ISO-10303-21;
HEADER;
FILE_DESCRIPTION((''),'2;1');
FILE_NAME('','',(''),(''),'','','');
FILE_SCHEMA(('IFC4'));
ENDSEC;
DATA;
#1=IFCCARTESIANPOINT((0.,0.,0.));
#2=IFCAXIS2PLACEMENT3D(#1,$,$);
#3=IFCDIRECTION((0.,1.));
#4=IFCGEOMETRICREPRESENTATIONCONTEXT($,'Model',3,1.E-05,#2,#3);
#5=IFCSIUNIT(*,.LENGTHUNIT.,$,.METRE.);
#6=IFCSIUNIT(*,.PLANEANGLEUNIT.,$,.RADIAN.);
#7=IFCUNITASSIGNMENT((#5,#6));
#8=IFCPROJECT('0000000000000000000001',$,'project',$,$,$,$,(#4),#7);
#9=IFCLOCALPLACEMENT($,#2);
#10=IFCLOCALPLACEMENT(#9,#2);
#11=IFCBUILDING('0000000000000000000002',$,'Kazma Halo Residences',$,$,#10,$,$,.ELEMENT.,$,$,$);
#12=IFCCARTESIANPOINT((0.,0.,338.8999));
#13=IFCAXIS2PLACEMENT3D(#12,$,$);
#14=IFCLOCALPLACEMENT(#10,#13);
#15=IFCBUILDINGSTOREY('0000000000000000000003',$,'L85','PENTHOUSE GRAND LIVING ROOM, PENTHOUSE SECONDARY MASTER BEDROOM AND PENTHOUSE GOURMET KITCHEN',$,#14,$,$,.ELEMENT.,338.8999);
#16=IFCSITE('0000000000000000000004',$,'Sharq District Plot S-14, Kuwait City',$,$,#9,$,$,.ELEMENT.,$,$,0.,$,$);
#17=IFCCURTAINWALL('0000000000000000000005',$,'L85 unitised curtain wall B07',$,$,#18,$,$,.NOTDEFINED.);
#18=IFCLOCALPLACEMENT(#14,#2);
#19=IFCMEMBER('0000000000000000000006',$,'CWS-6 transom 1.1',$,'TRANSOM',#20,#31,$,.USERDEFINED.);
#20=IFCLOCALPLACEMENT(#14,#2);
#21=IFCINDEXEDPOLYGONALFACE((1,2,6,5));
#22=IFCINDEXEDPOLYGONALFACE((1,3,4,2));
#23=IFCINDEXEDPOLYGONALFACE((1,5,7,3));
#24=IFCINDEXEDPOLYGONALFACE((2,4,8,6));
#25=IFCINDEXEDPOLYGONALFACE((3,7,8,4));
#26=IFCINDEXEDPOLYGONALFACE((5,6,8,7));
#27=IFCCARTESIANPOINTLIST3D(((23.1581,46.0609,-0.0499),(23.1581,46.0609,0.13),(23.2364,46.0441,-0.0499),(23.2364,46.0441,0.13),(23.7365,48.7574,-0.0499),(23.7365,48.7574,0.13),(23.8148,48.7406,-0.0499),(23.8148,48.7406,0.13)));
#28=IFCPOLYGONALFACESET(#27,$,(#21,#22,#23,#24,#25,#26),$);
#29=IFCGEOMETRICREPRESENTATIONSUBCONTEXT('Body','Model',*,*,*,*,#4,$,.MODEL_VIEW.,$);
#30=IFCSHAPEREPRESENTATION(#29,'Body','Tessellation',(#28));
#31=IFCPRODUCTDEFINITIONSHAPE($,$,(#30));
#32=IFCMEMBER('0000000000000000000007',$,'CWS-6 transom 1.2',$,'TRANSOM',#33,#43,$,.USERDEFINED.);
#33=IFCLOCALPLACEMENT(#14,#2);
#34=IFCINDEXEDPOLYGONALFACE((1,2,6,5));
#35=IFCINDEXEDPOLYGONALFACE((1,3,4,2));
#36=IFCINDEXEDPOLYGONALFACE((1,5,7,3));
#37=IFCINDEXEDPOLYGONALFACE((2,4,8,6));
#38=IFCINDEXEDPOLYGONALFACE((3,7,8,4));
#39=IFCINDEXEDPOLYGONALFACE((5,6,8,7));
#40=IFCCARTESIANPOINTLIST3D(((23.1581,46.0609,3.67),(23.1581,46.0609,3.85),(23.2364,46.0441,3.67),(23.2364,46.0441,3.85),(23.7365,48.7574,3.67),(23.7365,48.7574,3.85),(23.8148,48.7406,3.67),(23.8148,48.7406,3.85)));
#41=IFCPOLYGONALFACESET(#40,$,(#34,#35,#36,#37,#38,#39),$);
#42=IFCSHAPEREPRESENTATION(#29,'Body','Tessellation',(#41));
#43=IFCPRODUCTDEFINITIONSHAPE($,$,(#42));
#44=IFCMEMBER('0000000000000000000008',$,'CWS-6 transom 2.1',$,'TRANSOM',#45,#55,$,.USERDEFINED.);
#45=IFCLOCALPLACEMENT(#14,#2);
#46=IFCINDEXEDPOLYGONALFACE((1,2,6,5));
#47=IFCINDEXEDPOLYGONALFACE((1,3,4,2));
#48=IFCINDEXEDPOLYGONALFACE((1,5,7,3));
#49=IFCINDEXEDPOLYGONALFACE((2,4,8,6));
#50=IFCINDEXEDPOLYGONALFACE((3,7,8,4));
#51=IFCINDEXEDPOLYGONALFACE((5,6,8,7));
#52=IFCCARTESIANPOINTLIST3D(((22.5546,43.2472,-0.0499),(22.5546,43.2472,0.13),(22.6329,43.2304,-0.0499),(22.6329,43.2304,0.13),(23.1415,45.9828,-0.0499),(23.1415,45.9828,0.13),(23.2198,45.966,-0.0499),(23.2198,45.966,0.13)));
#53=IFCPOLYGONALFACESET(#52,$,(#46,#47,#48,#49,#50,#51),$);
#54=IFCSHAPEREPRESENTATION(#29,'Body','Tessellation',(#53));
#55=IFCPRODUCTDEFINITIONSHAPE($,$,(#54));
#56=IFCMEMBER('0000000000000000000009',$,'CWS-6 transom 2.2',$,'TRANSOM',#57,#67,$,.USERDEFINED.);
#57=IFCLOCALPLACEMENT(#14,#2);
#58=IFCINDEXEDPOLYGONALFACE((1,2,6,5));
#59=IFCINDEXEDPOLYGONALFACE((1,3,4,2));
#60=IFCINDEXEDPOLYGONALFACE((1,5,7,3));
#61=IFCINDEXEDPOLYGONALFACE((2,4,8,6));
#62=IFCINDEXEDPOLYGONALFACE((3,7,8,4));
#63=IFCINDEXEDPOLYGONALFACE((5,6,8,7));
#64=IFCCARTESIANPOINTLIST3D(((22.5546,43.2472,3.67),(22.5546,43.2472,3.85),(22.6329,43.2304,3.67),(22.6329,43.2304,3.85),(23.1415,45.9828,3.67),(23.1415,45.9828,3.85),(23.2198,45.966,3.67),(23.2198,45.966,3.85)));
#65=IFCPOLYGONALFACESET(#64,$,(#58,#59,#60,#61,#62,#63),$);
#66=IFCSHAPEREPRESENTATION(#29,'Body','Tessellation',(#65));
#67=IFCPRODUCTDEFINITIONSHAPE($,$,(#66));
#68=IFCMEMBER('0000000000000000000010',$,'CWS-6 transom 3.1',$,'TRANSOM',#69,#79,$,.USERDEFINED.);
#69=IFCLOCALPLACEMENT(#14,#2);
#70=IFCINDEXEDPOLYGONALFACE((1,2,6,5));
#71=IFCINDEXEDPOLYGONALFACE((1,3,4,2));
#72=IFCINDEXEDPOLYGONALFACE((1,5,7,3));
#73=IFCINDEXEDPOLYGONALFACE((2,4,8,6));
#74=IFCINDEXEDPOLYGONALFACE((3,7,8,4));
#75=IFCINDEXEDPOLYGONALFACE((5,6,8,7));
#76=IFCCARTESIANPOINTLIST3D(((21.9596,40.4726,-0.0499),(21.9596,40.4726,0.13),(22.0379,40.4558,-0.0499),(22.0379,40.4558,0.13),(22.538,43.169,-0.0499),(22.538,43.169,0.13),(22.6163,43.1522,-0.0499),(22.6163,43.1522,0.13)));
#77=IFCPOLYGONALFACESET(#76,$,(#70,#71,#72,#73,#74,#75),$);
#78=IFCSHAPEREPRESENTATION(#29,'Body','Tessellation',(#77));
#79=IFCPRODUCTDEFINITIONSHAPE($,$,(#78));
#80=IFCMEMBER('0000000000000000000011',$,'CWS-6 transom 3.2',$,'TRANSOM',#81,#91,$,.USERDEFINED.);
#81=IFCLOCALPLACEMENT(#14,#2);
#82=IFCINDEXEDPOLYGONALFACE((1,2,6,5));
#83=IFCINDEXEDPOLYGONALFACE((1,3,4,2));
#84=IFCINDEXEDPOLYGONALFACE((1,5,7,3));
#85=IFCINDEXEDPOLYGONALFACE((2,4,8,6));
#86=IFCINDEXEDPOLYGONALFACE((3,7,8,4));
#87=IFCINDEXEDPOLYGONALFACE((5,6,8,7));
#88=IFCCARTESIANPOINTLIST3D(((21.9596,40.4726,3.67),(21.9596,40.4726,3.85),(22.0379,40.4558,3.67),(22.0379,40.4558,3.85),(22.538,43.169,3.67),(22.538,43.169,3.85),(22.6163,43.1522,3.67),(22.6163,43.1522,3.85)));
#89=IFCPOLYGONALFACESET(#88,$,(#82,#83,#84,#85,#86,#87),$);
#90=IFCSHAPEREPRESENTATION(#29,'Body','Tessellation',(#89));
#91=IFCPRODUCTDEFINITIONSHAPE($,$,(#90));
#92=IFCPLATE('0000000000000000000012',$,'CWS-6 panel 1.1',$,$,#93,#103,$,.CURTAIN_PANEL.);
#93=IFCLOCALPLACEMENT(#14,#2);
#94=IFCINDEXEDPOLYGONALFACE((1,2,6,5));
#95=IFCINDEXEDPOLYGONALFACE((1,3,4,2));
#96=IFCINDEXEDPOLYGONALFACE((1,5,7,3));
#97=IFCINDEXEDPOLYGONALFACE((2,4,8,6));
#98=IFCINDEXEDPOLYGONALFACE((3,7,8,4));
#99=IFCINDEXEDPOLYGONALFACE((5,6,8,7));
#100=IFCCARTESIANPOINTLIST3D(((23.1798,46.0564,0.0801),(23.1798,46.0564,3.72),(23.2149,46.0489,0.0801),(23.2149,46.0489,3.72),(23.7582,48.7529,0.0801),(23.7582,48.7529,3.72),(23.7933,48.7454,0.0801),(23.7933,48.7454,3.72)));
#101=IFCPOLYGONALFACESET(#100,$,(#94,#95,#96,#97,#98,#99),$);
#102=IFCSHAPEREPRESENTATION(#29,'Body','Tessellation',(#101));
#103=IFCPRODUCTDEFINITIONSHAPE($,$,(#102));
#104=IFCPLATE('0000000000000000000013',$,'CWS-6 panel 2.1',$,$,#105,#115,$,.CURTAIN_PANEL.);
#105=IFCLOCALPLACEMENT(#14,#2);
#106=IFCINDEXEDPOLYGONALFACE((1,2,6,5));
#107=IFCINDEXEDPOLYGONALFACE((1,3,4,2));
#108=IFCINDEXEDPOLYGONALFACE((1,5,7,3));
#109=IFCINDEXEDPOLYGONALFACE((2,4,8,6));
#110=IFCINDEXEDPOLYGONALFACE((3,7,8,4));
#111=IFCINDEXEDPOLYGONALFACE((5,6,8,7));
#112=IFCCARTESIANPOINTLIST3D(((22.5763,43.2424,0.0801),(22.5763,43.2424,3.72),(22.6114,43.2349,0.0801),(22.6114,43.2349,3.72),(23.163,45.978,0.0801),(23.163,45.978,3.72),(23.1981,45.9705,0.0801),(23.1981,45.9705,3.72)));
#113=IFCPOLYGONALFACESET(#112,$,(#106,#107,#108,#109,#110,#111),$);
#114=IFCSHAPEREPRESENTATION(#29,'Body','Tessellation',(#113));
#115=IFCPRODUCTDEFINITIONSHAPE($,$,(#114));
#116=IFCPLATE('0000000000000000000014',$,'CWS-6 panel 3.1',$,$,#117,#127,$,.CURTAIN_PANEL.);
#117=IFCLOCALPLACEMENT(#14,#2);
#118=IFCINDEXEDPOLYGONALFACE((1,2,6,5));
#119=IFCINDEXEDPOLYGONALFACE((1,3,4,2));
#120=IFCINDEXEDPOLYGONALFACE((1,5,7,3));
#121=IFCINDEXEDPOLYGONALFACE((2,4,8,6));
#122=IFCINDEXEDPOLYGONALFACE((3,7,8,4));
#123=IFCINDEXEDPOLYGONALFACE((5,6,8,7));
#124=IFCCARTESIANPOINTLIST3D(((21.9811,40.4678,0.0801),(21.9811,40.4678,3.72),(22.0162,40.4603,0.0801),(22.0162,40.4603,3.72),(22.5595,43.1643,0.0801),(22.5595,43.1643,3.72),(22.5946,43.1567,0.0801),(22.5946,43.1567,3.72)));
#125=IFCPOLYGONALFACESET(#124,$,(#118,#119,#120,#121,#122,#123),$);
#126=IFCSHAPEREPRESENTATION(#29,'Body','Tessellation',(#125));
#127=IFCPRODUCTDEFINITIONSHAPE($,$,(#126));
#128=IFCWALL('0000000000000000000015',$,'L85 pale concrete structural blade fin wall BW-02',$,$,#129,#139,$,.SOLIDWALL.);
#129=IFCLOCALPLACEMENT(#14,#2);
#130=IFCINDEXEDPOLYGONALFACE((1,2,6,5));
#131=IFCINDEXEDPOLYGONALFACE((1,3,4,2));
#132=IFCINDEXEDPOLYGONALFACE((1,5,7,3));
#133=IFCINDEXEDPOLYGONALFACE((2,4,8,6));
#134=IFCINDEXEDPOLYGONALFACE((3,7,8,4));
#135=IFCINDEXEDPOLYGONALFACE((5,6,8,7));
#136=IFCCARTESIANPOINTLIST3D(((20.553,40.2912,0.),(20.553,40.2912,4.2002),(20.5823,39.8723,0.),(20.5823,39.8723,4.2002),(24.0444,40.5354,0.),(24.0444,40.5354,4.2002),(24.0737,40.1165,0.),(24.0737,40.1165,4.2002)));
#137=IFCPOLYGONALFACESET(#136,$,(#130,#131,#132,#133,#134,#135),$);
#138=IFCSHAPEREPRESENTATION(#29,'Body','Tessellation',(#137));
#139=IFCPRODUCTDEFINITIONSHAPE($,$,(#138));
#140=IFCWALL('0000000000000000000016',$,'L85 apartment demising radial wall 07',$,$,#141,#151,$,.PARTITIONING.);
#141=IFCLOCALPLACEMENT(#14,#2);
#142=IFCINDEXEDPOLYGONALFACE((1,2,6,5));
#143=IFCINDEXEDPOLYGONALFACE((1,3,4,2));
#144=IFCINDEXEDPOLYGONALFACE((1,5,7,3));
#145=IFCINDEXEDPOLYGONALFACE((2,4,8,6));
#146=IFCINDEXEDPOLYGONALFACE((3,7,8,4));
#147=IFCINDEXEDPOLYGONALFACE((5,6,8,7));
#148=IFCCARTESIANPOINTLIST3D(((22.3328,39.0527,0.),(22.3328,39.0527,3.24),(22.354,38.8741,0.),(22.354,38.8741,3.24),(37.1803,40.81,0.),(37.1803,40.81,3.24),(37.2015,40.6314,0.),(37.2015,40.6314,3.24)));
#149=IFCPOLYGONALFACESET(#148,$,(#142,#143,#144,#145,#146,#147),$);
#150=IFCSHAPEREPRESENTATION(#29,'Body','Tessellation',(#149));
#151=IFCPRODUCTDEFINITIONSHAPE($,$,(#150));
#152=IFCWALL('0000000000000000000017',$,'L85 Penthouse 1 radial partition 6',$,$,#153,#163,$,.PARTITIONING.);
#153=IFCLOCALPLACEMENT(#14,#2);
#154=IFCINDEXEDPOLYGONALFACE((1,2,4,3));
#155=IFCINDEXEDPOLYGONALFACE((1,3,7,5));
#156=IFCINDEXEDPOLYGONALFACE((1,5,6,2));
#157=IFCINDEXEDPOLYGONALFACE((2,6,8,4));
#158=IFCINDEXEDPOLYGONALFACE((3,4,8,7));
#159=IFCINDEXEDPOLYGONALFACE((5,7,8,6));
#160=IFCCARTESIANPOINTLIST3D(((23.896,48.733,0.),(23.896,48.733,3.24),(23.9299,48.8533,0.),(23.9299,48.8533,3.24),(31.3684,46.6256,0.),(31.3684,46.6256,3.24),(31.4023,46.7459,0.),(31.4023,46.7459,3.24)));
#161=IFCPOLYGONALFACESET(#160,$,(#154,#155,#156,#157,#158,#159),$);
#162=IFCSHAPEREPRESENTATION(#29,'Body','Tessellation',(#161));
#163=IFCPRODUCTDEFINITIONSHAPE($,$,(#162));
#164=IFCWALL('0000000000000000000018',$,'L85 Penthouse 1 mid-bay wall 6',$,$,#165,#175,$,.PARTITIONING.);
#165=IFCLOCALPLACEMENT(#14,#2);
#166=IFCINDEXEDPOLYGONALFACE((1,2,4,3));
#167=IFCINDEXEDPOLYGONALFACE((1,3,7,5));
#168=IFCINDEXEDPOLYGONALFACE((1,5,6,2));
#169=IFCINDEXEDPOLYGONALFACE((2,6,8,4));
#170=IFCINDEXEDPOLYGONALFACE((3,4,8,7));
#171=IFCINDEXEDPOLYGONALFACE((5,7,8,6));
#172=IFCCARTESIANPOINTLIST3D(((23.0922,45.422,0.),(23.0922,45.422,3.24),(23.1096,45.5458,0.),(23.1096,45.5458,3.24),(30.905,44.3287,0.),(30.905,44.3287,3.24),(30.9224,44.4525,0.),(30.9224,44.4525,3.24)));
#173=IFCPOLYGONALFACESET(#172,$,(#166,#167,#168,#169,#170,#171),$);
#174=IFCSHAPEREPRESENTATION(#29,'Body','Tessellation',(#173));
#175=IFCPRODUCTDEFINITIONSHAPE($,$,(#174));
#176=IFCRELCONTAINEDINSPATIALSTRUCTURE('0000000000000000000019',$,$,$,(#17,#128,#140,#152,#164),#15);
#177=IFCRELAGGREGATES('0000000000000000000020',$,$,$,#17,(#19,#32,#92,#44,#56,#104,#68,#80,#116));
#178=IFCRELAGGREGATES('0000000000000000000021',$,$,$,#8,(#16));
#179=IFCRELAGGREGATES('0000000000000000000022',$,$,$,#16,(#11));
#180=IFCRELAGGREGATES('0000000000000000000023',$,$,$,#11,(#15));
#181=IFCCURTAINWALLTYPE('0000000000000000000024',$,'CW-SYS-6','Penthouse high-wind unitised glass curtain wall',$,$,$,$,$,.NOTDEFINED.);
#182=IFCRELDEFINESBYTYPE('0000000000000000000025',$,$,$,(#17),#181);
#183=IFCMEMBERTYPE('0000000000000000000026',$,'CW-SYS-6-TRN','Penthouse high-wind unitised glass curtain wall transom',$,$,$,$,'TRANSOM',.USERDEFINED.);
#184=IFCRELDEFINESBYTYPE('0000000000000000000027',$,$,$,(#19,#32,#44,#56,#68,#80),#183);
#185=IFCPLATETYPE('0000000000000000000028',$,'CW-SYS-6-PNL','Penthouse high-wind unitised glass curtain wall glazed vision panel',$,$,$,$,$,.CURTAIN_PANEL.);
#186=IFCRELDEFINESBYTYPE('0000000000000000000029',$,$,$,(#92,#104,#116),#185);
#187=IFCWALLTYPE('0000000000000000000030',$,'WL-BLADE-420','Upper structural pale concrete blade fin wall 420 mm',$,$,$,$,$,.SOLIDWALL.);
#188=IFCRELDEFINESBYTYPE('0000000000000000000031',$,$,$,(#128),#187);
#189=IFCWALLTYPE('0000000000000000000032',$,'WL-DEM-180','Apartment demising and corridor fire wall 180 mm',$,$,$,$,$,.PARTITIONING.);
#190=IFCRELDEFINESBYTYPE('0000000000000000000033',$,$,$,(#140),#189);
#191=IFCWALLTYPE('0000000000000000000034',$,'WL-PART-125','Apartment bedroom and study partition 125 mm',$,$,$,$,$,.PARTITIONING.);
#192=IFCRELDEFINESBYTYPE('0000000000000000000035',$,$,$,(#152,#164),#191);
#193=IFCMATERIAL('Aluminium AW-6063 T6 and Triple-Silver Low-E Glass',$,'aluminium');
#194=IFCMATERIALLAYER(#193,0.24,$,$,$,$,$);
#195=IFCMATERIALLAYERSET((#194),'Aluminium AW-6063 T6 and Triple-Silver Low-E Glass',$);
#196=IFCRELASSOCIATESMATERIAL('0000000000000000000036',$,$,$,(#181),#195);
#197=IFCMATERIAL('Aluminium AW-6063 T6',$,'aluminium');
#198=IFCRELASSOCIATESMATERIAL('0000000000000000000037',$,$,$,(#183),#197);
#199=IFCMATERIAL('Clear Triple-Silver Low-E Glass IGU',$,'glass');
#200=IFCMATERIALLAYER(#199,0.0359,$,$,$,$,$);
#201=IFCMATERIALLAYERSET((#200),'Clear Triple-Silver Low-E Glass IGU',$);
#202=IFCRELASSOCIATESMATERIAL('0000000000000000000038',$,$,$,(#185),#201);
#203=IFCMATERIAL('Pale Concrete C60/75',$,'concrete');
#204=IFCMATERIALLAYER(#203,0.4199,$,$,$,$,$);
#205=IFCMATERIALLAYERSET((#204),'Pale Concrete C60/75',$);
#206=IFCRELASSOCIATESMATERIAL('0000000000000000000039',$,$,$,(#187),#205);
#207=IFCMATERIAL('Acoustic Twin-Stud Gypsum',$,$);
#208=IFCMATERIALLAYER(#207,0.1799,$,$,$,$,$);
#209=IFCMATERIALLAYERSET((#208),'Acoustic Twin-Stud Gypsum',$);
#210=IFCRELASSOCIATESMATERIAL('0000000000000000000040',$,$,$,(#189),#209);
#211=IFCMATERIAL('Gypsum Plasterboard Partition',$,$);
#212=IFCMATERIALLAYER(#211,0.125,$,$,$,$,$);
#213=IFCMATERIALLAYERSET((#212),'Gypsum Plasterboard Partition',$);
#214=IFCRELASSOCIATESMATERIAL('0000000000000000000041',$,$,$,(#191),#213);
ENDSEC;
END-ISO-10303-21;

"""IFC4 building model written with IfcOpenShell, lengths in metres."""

from ifc_helpers import new_model, si_unit, direction, frame, frame_2d, origin, origin_2d, place, context, subcontext, project, spatial, rectangle, extrude, material, layer, layer_set, material_profile, profile_set, type_object, element, aggregate, save


model = new_model("IFC4")

# Units and contexts
model_context = context("Model", 3, precision=1e-05, world=origin(), true_north=direction((0.0, 1.0)))
body_context = subcontext(model_context, "Body", "Model", "MODEL_VIEW")
ifc_project = project(units=[si_unit("LENGTHUNIT", "METRE"), si_unit("PLANEANGLEUNIT", "RADIAN")], contexts=[model_context])

# Site, building, storey
site_placement = place(None, origin())
site = spatial("IfcSite", under=ifc_project, at=site_placement, Name="Sharq District Plot S-14, Kuwait City", CompositionType="ELEMENT", RefElevation=0.0)
building_placement = place(site_placement, origin())
building = spatial("IfcBuilding", under=site, at=building_placement, Name="Kazma Halo Residences", CompositionType="ELEMENT")
storey_placement = place(building_placement, frame((0.0, 0.0, 338.8999)))
storey = spatial("IfcBuildingStorey", under=building, at=storey_placement, Name="L85", Description="PENTHOUSE GRAND LIVING ROOM, PENTHOUSE SECONDARY MASTER BEDROOM AND PENTHOUSE GOURMET KITCHEN", CompositionType="ELEMENT", Elevation=338.8999)

# Curtain wall, members, plates
ifc_material_1 = material(Name="Aluminium AW-6063 T6 and Triple-Silver Low-E Glass", Category="aluminium")
ifc_layer_1 = layer(ifc_material_1, 0.24)
ifc_layer_set_1 = layer_set([ifc_layer_1], Name="Aluminium AW-6063 T6 and Triple-Silver Low-E Glass")
curtain_wall_type = type_object("IfcCurtainWallType", Name="CW-SYS-6", Description="Penthouse high-wind unitised glass curtain wall", PredefinedType="NOTDEFINED", material=ifc_layer_set_1)
curtain_wall_placement = place(storey_placement, origin())
curtain_wall = element("IfcCurtainWall", 1, at=curtain_wall_placement, inside=storey, type_object=curtain_wall_type, Name="L85 unitised curtain wall B07", PredefinedType="NOTDEFINED")
ifc_material_2 = material(Name="Aluminium AW-6063 T6", Category="aluminium")
ifc_material_profile_1 = material_profile(ifc_material_2, rectangle(XDim=0.0801, YDim=0.1799, at=origin_2d()), Name="CWT-80x180")
ifc_profile_set_1 = profile_set([ifc_material_profile_1], Name="Aluminium AW-6063 T6")
member_type_1 = type_object("IfcMemberType", Name="CW-SYS-6-TRN", Description="Penthouse high-wind unitised glass curtain wall transom", ElementType="TRANSOM", PredefinedType="USERDEFINED", material=ifc_profile_set_1)
member_1_placement = place(storey_placement, frame((23.7756, 48.749, 0.04), z_axis=(-0.209716, -0.977762, 0.0), x_axis=(0.977762, -0.209716, 0.0)))
member_1 = element("IfcMember", 2, at=member_1_placement, type_object=member_type_1, Name="CWS-6 transom 1.1", ObjectType="TRANSOM", PredefinedType="USERDEFINED", context=body_context, shape_type="SweptSolid", body=[
    extrude(rectangle(XDim=0.0801, YDim=0.1799, at=origin_2d()), origin(), (0.0, 0.0, 1.0), 2.7578),
])
member_2_placement = place(storey_placement, frame((23.7756, 48.749, 3.76), z_axis=(-0.209716, -0.977762, 0.0), x_axis=(0.977762, -0.209716, 0.0)))
member_2 = element("IfcMember", 3, at=member_2_placement, type_object=member_type_1, Name="CWS-6 transom 1.2", ObjectType="TRANSOM", PredefinedType="USERDEFINED", context=body_context, shape_type="SweptSolid", body=[
    extrude(rectangle(XDim=0.0801, YDim=0.1799, at=origin_2d()), origin(), (0.0, 0.0, 1.0), 2.7578),
])
member_3_placement = place(storey_placement, frame((23.1807, 45.9744, 0.04), z_axis=(-0.209773, -0.97775, 0.0), x_axis=(0.97775, -0.209773, 0.0)))
member_3 = element("IfcMember", 4, at=member_3_placement, type_object=member_type_1, Name="CWS-6 transom 2.1", ObjectType="TRANSOM", PredefinedType="USERDEFINED", context=body_context, shape_type="SweptSolid", body=[
    extrude(rectangle(XDim=0.0801, YDim=0.1799, at=origin_2d()), origin(), (0.0, 0.0, 1.0), 2.7979),
])
member_4_placement = place(storey_placement, frame((23.1807, 45.9744, 3.76), z_axis=(-0.209773, -0.97775, 0.0), x_axis=(0.97775, -0.209773, 0.0)))
member_4 = element("IfcMember", 5, at=member_4_placement, type_object=member_type_1, Name="CWS-6 transom 2.2", ObjectType="TRANSOM", PredefinedType="USERDEFINED", context=body_context, shape_type="SweptSolid", body=[
    extrude(rectangle(XDim=0.0801, YDim=0.1799, at=origin_2d()), origin(), (0.0, 0.0, 1.0), 2.7979),
])
member_5_placement = place(storey_placement, frame((22.5771, 43.1606, 0.04), z_axis=(-0.209716, -0.977762, 0.0), x_axis=(0.977762, -0.209716, 0.0)))
member_5 = element("IfcMember", 6, at=member_5_placement, type_object=member_type_1, Name="CWS-6 transom 3.1", ObjectType="TRANSOM", PredefinedType="USERDEFINED", context=body_context, shape_type="SweptSolid", body=[
    extrude(rectangle(XDim=0.0801, YDim=0.1799, at=origin_2d()), origin(), (0.0, 0.0, 1.0), 2.7578),
])
member_6_placement = place(storey_placement, frame((22.5771, 43.1606, 3.76), z_axis=(-0.209716, -0.977762, 0.0), x_axis=(0.977762, -0.209716, 0.0)))
member_6 = element("IfcMember", 7, at=member_6_placement, type_object=member_type_1, Name="CWS-6 transom 3.2", ObjectType="TRANSOM", PredefinedType="USERDEFINED", context=body_context, shape_type="SweptSolid", body=[
    extrude(rectangle(XDim=0.0801, YDim=0.1799, at=origin_2d()), origin(), (0.0, 0.0, 1.0), 2.7578),
])
ifc_material_3 = material(Name="Clear Triple-Silver Low-E Glass IGU", Category="glass")
ifc_layer_2 = layer(ifc_material_3, 0.0359)
ifc_layer_set_2 = layer_set([ifc_layer_2], Name="Clear Triple-Silver Low-E Glass IGU")
plate_type = type_object("IfcPlateType", Name="CW-SYS-6-PNL", Description="Penthouse high-wind unitised glass curtain wall glazed vision panel", PredefinedType="CURTAIN_PANEL", material=ifc_layer_set_2)
plate_1_placement = place(storey_placement, frame((23.4866, 47.4009, 0.0801), z_axis=(0.0, 0.0, 1.0), x_axis=(-0.209723, -0.977761, 0.0)))
plate_1 = element("IfcPlate", 8, at=plate_1_placement, type_object=plate_type, Name="CWS-6 panel 1.1", PredefinedType="CURTAIN_PANEL", context=body_context, shape_type="SweptSolid", body=[
    extrude(rectangle(XDim=2.7578, YDim=0.0359, at=origin_2d()), origin(), (0.0, 0.0, 1.0), 3.6399),
])
plate_2_placement = place(storey_placement, frame((22.8872, 44.6064, 0.0801), z_axis=(0.0, 0.0, 1.0), x_axis=(-0.209723, -0.977761, 0.0)))
plate_2 = element("IfcPlate", 9, at=plate_2_placement, type_object=plate_type, Name="CWS-6 panel 2.1", PredefinedType="CURTAIN_PANEL", context=body_context, shape_type="SweptSolid", body=[
    extrude(rectangle(XDim=2.7979, YDim=0.0359, at=origin_2d()), origin(), (0.0, 0.0, 1.0), 3.6399),
])
plate_3_placement = place(storey_placement, frame((22.2878, 41.8123, 0.0801), z_axis=(0.0, 0.0, 1.0), x_axis=(-0.209723, -0.977761, 0.0)))
plate_3 = element("IfcPlate", 10, at=plate_3_placement, type_object=plate_type, Name="CWS-6 panel 3.1", PredefinedType="CURTAIN_PANEL", context=body_context, shape_type="SweptSolid", body=[
    extrude(rectangle(XDim=2.7578, YDim=0.0359, at=origin_2d()), origin(), (0.0, 0.0, 1.0), 3.6399),
])
aggregate(curtain_wall, [member_1, member_2, plate_1, member_3, member_4, plate_2, member_5, member_6, plate_3])

# Walls
ifc_material_4 = material(Name="Pale Concrete C60/75", Category="concrete")
ifc_layer_3 = layer(ifc_material_4, 0.4199)
ifc_layer_set_3 = layer_set([ifc_layer_3], Name="Pale Concrete C60/75")
wall_type_1 = type_object("IfcWallType", Name="WL-BLADE-420", Description="Upper structural pale concrete blade fin wall 420 mm", PredefinedType="SOLIDWALL", material=ifc_layer_set_3)
wall_1_placement = place(storey_placement, frame((24.0591, 40.3259, 0.0), z_axis=(0.0, 0.0, 1.0), x_axis=(-0.997564, -0.069755, 0.0)))
element("IfcWall", 11, at=wall_1_placement, inside=storey, type_object=wall_type_1, Name="L85 pale concrete structural blade fin wall BW-02", PredefinedType="SOLIDWALL", context=body_context, shape_type="SweptSolid", body=[
    extrude(rectangle(XDim=3.5, YDim=0.4199, at=frame_2d((1.75, 0.0))), origin(), (0.0, 0.0, 1.0), 4.2002),
])
ifc_material_5 = material(Name="Acoustic Twin-Stud Gypsum")
ifc_layer_4 = layer(ifc_material_5, 0.1799)
ifc_layer_set_4 = layer_set([ifc_layer_4], Name="Acoustic Twin-Stud Gypsum")
wall_type_2 = type_object("IfcWallType", Name="WL-DEM-180", Description="Apartment demising and corridor fire wall 180 mm", PredefinedType="PARTITIONING", material=ifc_layer_set_4)
wall_2_placement = place(storey_placement, frame((37.1909, 40.7207, 0.0), z_axis=(0.0, 0.0, 1.0), x_axis=(-0.993069, -0.117537, 0.0)))
element("IfcWall", 12, at=wall_2_placement, inside=storey, type_object=wall_type_2, Name="L85 apartment demising radial wall 07", PredefinedType="PARTITIONING", context=body_context, shape_type="SweptSolid", body=[
    extrude(rectangle(XDim=14.9512, YDim=0.1799, at=frame_2d((7.4756, 0.0))), origin(), (0.0, 0.0, 1.0), 3.24),
])
ifc_material_6 = material(Name="Gypsum Plasterboard Partition")
ifc_layer_5 = layer(ifc_material_6, 0.125)
ifc_layer_set_5 = layer_set([ifc_layer_5], Name="Gypsum Plasterboard Partition")
wall_type_3 = type_object("IfcWallType", Name="WL-PART-125", Description="Apartment bedroom and study partition 125 mm", PredefinedType="PARTITIONING", material=ifc_layer_set_5)
wall_3_placement = place(storey_placement, frame((31.3853, 46.6858, 0.0), z_axis=(0.0, 0.0, 1.0), x_axis=(-0.962456, 0.271439, 0.0)))
element("IfcWall", 13, at=wall_3_placement, inside=storey, type_object=wall_type_3, Name="L85 Penthouse 1 radial partition 6", PredefinedType="PARTITIONING", context=body_context, shape_type="SweptSolid", body=[
    extrude(rectangle(XDim=7.7639, YDim=0.125, at=frame_2d((3.8818, 0.0))), origin(), (0.0, 0.0, 1.0), 3.24),
])
wall_4_placement = place(storey_placement, frame((30.9136, 44.3906, 0.0), z_axis=(0.0, 0.0, 1.0), x_axis=(-0.990351, 0.138583, 0.0)))
element("IfcWall", 14, at=wall_4_placement, inside=storey, type_object=wall_type_3, Name="L85 Penthouse 1 mid-bay wall 6", PredefinedType="PARTITIONING", context=body_context, shape_type="SweptSolid", body=[
    extrude(rectangle(XDim=7.8889, YDim=0.125, at=frame_2d((3.9443, 0.0))), origin(), (0.0, 0.0, 1.0), 3.24),
])

save(model, "model.ifc")
